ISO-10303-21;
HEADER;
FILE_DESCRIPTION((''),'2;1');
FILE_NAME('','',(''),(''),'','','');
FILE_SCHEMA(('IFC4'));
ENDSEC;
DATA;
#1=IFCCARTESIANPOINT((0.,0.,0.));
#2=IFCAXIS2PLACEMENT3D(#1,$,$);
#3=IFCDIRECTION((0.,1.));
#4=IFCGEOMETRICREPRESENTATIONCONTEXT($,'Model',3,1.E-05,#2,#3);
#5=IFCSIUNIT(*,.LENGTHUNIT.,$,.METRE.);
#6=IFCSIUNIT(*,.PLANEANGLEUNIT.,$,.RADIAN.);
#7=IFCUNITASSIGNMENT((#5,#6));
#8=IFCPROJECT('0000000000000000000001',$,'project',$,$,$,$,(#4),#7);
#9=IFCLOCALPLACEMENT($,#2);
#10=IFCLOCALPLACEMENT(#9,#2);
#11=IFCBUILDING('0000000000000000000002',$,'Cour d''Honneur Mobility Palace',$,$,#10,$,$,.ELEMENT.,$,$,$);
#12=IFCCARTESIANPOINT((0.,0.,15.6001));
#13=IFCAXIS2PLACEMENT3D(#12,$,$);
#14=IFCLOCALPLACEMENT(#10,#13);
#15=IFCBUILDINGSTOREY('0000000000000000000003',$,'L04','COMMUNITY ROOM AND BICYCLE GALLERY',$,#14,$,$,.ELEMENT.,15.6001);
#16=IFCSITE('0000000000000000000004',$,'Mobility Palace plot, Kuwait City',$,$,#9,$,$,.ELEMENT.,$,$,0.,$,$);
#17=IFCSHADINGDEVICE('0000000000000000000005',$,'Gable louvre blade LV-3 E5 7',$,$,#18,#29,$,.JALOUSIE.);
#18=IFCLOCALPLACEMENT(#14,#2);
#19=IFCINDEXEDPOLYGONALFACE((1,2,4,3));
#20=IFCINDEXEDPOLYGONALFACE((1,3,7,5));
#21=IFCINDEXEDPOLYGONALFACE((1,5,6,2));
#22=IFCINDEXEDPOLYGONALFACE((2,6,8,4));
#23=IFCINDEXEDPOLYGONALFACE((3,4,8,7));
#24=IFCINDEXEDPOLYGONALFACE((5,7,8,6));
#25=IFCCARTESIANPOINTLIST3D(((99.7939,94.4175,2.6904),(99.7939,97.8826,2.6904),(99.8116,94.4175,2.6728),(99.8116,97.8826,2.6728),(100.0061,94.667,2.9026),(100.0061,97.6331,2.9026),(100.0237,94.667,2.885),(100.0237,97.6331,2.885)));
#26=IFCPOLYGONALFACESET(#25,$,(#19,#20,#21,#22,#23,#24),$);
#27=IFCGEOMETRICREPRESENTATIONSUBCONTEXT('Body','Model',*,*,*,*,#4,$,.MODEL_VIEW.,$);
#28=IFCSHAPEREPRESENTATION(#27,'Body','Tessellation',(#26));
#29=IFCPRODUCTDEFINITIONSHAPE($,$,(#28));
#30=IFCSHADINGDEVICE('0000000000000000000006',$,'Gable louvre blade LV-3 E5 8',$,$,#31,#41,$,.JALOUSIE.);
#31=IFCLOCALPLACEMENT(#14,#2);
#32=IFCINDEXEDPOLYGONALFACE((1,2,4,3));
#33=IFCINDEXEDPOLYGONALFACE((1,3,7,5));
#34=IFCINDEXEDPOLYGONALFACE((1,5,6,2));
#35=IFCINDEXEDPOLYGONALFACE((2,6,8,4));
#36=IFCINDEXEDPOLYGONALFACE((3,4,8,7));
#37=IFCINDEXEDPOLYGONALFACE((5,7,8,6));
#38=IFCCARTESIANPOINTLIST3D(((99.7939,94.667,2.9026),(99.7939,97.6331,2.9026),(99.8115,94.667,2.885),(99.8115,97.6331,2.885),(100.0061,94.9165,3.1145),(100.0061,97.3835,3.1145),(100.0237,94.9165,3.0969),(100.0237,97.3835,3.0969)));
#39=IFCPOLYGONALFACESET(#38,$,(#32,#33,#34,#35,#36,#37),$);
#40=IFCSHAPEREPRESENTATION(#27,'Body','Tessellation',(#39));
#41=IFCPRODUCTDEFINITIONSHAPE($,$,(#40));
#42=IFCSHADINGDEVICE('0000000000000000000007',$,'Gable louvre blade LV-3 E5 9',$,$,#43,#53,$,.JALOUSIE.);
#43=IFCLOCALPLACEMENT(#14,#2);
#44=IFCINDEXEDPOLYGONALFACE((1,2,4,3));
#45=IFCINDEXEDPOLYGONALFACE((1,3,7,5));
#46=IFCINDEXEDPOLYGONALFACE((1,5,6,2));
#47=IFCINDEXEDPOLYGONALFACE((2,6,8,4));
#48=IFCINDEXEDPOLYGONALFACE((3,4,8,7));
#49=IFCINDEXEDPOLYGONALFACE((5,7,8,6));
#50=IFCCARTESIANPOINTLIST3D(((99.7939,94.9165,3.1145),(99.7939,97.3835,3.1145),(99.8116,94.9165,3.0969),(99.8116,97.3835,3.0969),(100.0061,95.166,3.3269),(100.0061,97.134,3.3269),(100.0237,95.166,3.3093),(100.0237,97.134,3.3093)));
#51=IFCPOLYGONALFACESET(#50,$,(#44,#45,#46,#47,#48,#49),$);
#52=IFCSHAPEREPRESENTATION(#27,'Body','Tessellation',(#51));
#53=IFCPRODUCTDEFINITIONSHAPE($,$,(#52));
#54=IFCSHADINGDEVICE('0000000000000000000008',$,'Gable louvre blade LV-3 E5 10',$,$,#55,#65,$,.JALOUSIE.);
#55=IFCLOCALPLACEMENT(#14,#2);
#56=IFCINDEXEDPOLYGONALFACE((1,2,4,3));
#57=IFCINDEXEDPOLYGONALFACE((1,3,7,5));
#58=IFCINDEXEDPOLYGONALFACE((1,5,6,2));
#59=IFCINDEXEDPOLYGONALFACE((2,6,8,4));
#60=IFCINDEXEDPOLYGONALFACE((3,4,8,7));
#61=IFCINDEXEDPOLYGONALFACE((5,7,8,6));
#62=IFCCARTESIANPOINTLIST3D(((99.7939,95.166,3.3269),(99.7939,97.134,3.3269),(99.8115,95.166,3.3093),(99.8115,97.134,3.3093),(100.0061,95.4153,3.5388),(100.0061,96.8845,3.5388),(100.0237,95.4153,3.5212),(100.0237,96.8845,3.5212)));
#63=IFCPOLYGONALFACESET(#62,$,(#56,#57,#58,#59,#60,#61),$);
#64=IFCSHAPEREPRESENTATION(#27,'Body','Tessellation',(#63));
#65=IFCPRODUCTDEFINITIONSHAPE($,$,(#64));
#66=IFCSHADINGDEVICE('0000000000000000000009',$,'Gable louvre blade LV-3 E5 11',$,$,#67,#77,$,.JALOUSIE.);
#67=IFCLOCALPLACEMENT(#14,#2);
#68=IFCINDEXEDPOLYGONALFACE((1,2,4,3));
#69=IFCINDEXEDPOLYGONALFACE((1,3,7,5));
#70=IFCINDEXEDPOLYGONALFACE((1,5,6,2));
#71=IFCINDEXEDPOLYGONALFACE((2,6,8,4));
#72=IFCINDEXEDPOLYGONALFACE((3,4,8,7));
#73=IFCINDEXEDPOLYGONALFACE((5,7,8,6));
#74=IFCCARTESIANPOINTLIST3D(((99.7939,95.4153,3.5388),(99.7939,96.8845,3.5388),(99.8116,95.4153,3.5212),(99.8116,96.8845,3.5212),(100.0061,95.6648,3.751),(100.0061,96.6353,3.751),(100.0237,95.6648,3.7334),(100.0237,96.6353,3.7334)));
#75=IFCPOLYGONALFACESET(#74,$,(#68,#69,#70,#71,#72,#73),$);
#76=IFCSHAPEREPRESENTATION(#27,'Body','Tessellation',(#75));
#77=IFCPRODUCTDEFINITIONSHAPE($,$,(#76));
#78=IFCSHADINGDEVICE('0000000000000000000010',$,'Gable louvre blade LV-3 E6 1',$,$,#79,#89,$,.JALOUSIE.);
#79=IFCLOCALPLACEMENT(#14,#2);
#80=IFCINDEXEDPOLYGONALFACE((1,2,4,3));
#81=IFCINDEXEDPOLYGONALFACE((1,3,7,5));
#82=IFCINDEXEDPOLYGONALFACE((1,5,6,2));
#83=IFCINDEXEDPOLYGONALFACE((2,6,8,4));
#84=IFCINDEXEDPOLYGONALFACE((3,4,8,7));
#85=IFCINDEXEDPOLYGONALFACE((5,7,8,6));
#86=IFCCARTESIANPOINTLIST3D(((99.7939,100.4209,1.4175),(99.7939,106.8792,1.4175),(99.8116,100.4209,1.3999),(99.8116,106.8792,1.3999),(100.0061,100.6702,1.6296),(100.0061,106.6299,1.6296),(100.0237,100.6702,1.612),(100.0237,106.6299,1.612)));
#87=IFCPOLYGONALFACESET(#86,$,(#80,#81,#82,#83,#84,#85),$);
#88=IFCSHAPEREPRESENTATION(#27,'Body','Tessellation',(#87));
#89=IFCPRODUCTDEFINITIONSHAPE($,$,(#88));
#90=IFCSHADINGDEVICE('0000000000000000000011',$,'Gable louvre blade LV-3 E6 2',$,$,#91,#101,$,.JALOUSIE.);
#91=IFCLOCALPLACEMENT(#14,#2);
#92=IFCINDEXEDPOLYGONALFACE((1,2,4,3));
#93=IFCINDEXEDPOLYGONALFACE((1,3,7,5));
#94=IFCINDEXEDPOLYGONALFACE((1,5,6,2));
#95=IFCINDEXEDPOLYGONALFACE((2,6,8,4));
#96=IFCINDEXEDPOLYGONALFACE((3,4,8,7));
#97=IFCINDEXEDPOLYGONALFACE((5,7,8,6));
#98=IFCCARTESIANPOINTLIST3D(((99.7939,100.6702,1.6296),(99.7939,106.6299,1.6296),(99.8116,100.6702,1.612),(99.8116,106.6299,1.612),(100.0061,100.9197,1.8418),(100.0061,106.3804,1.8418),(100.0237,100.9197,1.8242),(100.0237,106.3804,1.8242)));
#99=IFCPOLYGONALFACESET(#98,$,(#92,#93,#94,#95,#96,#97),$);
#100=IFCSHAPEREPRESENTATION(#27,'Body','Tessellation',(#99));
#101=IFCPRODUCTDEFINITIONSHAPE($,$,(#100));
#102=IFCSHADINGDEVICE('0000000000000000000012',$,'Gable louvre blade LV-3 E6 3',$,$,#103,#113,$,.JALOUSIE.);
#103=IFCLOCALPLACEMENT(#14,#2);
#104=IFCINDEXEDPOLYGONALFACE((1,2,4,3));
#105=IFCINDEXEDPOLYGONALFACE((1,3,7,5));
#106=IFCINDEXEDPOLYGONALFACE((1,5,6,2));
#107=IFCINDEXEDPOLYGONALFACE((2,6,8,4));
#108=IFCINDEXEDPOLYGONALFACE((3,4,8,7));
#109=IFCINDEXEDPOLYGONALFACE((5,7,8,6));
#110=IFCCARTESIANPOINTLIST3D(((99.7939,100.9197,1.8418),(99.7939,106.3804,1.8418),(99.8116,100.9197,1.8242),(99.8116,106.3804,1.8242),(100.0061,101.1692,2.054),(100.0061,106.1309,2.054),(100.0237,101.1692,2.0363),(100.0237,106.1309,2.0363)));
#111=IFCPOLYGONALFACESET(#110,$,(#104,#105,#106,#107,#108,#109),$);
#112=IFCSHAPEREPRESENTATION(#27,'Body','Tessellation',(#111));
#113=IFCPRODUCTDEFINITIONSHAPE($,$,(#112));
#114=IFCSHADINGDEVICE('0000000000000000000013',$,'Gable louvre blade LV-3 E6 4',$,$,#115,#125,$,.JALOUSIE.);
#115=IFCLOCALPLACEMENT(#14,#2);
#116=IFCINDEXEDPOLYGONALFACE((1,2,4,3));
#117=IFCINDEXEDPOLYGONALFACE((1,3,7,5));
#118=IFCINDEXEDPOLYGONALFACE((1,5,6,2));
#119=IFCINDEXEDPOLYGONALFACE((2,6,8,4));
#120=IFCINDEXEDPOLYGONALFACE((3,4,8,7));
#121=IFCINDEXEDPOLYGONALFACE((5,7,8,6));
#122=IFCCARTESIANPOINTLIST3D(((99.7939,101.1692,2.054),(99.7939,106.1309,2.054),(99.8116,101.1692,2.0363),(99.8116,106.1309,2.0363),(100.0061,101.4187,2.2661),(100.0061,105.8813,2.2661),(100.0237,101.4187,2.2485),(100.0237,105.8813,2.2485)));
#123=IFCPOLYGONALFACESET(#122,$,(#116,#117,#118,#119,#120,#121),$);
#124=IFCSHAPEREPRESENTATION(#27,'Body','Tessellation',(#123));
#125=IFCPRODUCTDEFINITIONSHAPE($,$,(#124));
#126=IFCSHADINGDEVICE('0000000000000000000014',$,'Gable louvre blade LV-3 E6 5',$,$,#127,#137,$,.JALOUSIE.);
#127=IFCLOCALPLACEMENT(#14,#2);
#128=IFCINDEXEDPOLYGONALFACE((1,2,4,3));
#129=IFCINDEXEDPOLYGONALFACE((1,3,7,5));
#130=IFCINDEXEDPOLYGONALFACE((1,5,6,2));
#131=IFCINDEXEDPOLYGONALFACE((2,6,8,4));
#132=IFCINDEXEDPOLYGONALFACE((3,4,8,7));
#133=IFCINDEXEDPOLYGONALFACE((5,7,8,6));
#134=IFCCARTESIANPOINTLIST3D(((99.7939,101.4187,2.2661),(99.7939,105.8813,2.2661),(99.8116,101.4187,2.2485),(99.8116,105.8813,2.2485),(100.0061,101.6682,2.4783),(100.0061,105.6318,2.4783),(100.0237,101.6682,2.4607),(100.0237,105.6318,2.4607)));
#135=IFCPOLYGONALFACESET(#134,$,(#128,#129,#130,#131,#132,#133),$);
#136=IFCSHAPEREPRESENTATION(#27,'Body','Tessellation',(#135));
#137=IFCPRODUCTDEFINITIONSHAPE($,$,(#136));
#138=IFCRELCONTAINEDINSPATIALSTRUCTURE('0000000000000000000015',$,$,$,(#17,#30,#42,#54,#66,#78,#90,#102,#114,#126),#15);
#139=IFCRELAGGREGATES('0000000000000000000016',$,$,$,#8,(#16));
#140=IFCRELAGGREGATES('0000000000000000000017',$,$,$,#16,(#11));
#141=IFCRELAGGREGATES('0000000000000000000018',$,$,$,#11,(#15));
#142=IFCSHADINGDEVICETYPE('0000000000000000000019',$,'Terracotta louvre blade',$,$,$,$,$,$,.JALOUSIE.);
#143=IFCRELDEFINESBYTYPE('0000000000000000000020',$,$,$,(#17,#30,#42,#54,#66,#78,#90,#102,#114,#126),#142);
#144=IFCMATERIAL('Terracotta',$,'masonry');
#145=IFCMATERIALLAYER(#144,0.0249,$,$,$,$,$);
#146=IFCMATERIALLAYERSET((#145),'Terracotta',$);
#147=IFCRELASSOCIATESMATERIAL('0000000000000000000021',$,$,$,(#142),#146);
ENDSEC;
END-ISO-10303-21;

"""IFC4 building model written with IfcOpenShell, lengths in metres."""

from ifc_helpers import new_model, si_unit, direction, frame, origin, place, context, subcontext, project, spatial, polyline, outline, extrude, material, layer, layer_set, type_object, element, save


model = new_model("IFC4")

# Units and contexts
model_context = context("Model", 3, precision=1e-05, world=origin(), true_north=direction((0.0, 1.0)))
body_context = subcontext(model_context, "Body", "Model", "MODEL_VIEW")
ifc_project = project(units=[si_unit("LENGTHUNIT", "METRE"), si_unit("PLANEANGLEUNIT", "RADIAN")], contexts=[model_context])

# Site, building, storey
site_placement = place(None, origin())
site = spatial("IfcSite", under=ifc_project, at=site_placement, Name="Mobility Palace plot, Kuwait City", CompositionType="ELEMENT", RefElevation=0.0)
building_placement = place(site_placement, origin())
building = spatial("IfcBuilding", under=site, at=building_placement, Name="Cour d'Honneur Mobility Palace", CompositionType="ELEMENT")
storey_placement = place(building_placement, frame((0.0, 0.0, 15.6001)))
storey = spatial("IfcBuildingStorey", under=building, at=storey_placement, Name="L04", Description="COMMUNITY ROOM AND BICYCLE GALLERY", CompositionType="ELEMENT", Elevation=15.6001)

# Shading devices
ifc_material = material(Name="Terracotta", Category="masonry")
ifc_layer = layer(ifc_material, 0.0249)
ifc_layer_set = layer_set([ifc_layer], Name="Terracotta")
shading_device_type = type_object("IfcShadingDeviceType", Name="Terracotta louvre blade", PredefinedType="JALOUSIE", material=ifc_layer_set)
shading_device_1_placement = place(storey_placement, frame((99.7939, 94.4175, 2.6904), z_axis=(-0.707107, 0.0, 0.707107), x_axis=(0.0, 1.0, 0.0)))
element("IfcShadingDevice", 1, at=shading_device_1_placement, inside=storey, type_object=shading_device_type, Name="Gable louvre blade LV-3 E5 7", PredefinedType="JALOUSIE", context=body_context, shape_type="SweptSolid", body=[
    extrude(outline(polyline([(0.0, 0.0), (3.4651, 0.0), (3.2156, -0.3), (0.2495, -0.3), (0.0, 0.0)])), origin(), (0.0, 0.0, -1.0), 0.0249),
])
shading_device_2_placement = place(storey_placement, frame((99.7939, 94.667, 2.9026), z_axis=(-0.7067, 0.0, 0.707514), x_axis=(0.0, 1.0, 0.0)))
element("IfcShadingDevice", 2, at=shading_device_2_placement, inside=storey, type_object=shading_device_type, Name="Gable louvre blade LV-3 E5 8", PredefinedType="JALOUSIE", context=body_context, shape_type="SweptSolid", body=[
    extrude(outline(polyline([(0.0, 0.0), (2.9661, 0.0), (2.7166, -0.2999), (0.2495, -0.2999), (0.0, 0.0)])), origin(), (0.0, 0.0, -1.0), 0.0249),
])
shading_device_3_placement = place(storey_placement, frame((99.7939, 94.9165, 3.1145), z_axis=(-0.707513, 0.0, 0.7067), x_axis=(0.0, 1.0, 0.0)))
element("IfcShadingDevice", 3, at=shading_device_3_placement, inside=storey, type_object=shading_device_type, Name="Gable louvre blade LV-3 E5 9", PredefinedType="JALOUSIE", context=body_context, shape_type="SweptSolid", body=[
    extrude(outline(polyline([(0.0, 0.0), (2.467, 0.0), (2.2175, -0.3002), (0.2495, -0.3002), (0.0, 0.0)])), origin(), (0.0, 0.0, -1.0), 0.0249),
])
shading_device_4_placement = place(storey_placement, frame((99.7939, 95.166, 3.3269), z_axis=(-0.7067, 0.0, 0.707514), x_axis=(0.0, 1.0, 0.0)))
element("IfcShadingDevice", 4, at=shading_device_4_placement, inside=storey, type_object=shading_device_type, Name="Gable louvre blade LV-3 E5 10", PredefinedType="JALOUSIE", context=body_context, shape_type="SweptSolid", body=[
    extrude(outline(polyline([(0.0, 0.0), (1.968, 0.0), (1.7185, -0.2999), (0.2493, -0.2999), (0.0, 0.0)])), origin(), (0.0, 0.0, -1.0), 0.0249),
])
shading_device_5_placement = place(storey_placement, frame((99.7939, 95.4153, 3.5388), z_axis=(-0.707107, 0.0, 0.707107), x_axis=(0.0, 1.0, 0.0)))
element("IfcShadingDevice", 5, at=shading_device_5_placement, inside=storey, type_object=shading_device_type, Name="Gable louvre blade LV-3 E5 11", PredefinedType="JALOUSIE", context=body_context, shape_type="SweptSolid", body=[
    extrude(outline(polyline([(0.0, 0.0), (1.4692, 0.0), (1.22, -0.3), (0.2495, -0.3), (0.0, 0.0)])), origin(), (0.0, 0.0, -1.0), 0.0249),
])
shading_device_6_placement = place(storey_placement, frame((99.7939, 100.4209, 1.4175), z_axis=(-0.707107, 0.0, 0.707107), x_axis=(0.0, 1.0, 0.0)))
element("IfcShadingDevice", 6, at=shading_device_6_placement, inside=storey, type_object=shading_device_type, Name="Gable louvre blade LV-3 E6 1", PredefinedType="JALOUSIE", context=body_context, shape_type="SweptSolid", body=[
    extrude(outline(polyline([(0.0, 0.0), (6.4583, 0.0), (6.209, -0.3), (0.2493, -0.3), (0.0, 0.0)])), origin(), (0.0, 0.0, -1.0), 0.0249),
])
shading_device_7_placement = place(storey_placement, frame((99.7939, 100.6702, 1.6296), z_axis=(-0.707107, 0.0, 0.707107), x_axis=(0.0, 1.0, 0.0)))
element("IfcShadingDevice", 7, at=shading_device_7_placement, inside=storey, type_object=shading_device_type, Name="Gable louvre blade LV-3 E6 2", PredefinedType="JALOUSIE", context=body_context, shape_type="SweptSolid", body=[
    extrude(outline(polyline([(0.0, 0.0), (5.9597, 0.0), (5.7102, -0.3), (0.2495, -0.3), (0.0, 0.0)])), origin(), (0.0, 0.0, -1.0), 0.0249),
])
shading_device_8_placement = place(storey_placement, frame((99.7939, 100.9197, 1.8418), z_axis=(-0.707107, 0.0, 0.707107), x_axis=(0.0, 1.0, 0.0)))
element("IfcShadingDevice", 8, at=shading_device_8_placement, inside=storey, type_object=shading_device_type, Name="Gable louvre blade LV-3 E6 3", PredefinedType="JALOUSIE", context=body_context, shape_type="SweptSolid", body=[
    extrude(outline(polyline([(0.0, 0.0), (5.4607, 0.0), (5.2112, -0.3), (0.2495, -0.3), (0.0, 0.0)])), origin(), (0.0, 0.0, -1.0), 0.0249),
])
shading_device_9_placement = place(storey_placement, frame((99.7939, 101.1692, 2.054), z_axis=(-0.707107, 0.0, 0.707107), x_axis=(0.0, 1.0, 0.0)))
element("IfcShadingDevice", 9, at=shading_device_9_placement, inside=storey, type_object=shading_device_type, Name="Gable louvre blade LV-3 E6 4", PredefinedType="JALOUSIE", context=body_context, shape_type="SweptSolid", body=[
    extrude(outline(polyline([(0.0, 0.0), (4.9617, 0.0), (4.7122, -0.3), (0.2495, -0.3), (0.0, 0.0)])), origin(), (0.0, 0.0, -1.0), 0.0249),
])
shading_device_10_placement = place(storey_placement, frame((99.7939, 101.4187, 2.2661), z_axis=(-0.707107, 0.0, 0.707107), x_axis=(0.0, 1.0, 0.0)))
element("IfcShadingDevice", 10, at=shading_device_10_placement, inside=storey, type_object=shading_device_type, Name="Gable louvre blade LV-3 E6 5", PredefinedType="JALOUSIE", context=body_context, shape_type="SweptSolid", body=[
    extrude(outline(polyline([(0.0, 0.0), (4.4626, 0.0), (4.2131, -0.3), (0.2495, -0.3), (0.0, 0.0)])), origin(), (0.0, 0.0, -1.0), 0.0249),
])

save(model, "model.ifc")
